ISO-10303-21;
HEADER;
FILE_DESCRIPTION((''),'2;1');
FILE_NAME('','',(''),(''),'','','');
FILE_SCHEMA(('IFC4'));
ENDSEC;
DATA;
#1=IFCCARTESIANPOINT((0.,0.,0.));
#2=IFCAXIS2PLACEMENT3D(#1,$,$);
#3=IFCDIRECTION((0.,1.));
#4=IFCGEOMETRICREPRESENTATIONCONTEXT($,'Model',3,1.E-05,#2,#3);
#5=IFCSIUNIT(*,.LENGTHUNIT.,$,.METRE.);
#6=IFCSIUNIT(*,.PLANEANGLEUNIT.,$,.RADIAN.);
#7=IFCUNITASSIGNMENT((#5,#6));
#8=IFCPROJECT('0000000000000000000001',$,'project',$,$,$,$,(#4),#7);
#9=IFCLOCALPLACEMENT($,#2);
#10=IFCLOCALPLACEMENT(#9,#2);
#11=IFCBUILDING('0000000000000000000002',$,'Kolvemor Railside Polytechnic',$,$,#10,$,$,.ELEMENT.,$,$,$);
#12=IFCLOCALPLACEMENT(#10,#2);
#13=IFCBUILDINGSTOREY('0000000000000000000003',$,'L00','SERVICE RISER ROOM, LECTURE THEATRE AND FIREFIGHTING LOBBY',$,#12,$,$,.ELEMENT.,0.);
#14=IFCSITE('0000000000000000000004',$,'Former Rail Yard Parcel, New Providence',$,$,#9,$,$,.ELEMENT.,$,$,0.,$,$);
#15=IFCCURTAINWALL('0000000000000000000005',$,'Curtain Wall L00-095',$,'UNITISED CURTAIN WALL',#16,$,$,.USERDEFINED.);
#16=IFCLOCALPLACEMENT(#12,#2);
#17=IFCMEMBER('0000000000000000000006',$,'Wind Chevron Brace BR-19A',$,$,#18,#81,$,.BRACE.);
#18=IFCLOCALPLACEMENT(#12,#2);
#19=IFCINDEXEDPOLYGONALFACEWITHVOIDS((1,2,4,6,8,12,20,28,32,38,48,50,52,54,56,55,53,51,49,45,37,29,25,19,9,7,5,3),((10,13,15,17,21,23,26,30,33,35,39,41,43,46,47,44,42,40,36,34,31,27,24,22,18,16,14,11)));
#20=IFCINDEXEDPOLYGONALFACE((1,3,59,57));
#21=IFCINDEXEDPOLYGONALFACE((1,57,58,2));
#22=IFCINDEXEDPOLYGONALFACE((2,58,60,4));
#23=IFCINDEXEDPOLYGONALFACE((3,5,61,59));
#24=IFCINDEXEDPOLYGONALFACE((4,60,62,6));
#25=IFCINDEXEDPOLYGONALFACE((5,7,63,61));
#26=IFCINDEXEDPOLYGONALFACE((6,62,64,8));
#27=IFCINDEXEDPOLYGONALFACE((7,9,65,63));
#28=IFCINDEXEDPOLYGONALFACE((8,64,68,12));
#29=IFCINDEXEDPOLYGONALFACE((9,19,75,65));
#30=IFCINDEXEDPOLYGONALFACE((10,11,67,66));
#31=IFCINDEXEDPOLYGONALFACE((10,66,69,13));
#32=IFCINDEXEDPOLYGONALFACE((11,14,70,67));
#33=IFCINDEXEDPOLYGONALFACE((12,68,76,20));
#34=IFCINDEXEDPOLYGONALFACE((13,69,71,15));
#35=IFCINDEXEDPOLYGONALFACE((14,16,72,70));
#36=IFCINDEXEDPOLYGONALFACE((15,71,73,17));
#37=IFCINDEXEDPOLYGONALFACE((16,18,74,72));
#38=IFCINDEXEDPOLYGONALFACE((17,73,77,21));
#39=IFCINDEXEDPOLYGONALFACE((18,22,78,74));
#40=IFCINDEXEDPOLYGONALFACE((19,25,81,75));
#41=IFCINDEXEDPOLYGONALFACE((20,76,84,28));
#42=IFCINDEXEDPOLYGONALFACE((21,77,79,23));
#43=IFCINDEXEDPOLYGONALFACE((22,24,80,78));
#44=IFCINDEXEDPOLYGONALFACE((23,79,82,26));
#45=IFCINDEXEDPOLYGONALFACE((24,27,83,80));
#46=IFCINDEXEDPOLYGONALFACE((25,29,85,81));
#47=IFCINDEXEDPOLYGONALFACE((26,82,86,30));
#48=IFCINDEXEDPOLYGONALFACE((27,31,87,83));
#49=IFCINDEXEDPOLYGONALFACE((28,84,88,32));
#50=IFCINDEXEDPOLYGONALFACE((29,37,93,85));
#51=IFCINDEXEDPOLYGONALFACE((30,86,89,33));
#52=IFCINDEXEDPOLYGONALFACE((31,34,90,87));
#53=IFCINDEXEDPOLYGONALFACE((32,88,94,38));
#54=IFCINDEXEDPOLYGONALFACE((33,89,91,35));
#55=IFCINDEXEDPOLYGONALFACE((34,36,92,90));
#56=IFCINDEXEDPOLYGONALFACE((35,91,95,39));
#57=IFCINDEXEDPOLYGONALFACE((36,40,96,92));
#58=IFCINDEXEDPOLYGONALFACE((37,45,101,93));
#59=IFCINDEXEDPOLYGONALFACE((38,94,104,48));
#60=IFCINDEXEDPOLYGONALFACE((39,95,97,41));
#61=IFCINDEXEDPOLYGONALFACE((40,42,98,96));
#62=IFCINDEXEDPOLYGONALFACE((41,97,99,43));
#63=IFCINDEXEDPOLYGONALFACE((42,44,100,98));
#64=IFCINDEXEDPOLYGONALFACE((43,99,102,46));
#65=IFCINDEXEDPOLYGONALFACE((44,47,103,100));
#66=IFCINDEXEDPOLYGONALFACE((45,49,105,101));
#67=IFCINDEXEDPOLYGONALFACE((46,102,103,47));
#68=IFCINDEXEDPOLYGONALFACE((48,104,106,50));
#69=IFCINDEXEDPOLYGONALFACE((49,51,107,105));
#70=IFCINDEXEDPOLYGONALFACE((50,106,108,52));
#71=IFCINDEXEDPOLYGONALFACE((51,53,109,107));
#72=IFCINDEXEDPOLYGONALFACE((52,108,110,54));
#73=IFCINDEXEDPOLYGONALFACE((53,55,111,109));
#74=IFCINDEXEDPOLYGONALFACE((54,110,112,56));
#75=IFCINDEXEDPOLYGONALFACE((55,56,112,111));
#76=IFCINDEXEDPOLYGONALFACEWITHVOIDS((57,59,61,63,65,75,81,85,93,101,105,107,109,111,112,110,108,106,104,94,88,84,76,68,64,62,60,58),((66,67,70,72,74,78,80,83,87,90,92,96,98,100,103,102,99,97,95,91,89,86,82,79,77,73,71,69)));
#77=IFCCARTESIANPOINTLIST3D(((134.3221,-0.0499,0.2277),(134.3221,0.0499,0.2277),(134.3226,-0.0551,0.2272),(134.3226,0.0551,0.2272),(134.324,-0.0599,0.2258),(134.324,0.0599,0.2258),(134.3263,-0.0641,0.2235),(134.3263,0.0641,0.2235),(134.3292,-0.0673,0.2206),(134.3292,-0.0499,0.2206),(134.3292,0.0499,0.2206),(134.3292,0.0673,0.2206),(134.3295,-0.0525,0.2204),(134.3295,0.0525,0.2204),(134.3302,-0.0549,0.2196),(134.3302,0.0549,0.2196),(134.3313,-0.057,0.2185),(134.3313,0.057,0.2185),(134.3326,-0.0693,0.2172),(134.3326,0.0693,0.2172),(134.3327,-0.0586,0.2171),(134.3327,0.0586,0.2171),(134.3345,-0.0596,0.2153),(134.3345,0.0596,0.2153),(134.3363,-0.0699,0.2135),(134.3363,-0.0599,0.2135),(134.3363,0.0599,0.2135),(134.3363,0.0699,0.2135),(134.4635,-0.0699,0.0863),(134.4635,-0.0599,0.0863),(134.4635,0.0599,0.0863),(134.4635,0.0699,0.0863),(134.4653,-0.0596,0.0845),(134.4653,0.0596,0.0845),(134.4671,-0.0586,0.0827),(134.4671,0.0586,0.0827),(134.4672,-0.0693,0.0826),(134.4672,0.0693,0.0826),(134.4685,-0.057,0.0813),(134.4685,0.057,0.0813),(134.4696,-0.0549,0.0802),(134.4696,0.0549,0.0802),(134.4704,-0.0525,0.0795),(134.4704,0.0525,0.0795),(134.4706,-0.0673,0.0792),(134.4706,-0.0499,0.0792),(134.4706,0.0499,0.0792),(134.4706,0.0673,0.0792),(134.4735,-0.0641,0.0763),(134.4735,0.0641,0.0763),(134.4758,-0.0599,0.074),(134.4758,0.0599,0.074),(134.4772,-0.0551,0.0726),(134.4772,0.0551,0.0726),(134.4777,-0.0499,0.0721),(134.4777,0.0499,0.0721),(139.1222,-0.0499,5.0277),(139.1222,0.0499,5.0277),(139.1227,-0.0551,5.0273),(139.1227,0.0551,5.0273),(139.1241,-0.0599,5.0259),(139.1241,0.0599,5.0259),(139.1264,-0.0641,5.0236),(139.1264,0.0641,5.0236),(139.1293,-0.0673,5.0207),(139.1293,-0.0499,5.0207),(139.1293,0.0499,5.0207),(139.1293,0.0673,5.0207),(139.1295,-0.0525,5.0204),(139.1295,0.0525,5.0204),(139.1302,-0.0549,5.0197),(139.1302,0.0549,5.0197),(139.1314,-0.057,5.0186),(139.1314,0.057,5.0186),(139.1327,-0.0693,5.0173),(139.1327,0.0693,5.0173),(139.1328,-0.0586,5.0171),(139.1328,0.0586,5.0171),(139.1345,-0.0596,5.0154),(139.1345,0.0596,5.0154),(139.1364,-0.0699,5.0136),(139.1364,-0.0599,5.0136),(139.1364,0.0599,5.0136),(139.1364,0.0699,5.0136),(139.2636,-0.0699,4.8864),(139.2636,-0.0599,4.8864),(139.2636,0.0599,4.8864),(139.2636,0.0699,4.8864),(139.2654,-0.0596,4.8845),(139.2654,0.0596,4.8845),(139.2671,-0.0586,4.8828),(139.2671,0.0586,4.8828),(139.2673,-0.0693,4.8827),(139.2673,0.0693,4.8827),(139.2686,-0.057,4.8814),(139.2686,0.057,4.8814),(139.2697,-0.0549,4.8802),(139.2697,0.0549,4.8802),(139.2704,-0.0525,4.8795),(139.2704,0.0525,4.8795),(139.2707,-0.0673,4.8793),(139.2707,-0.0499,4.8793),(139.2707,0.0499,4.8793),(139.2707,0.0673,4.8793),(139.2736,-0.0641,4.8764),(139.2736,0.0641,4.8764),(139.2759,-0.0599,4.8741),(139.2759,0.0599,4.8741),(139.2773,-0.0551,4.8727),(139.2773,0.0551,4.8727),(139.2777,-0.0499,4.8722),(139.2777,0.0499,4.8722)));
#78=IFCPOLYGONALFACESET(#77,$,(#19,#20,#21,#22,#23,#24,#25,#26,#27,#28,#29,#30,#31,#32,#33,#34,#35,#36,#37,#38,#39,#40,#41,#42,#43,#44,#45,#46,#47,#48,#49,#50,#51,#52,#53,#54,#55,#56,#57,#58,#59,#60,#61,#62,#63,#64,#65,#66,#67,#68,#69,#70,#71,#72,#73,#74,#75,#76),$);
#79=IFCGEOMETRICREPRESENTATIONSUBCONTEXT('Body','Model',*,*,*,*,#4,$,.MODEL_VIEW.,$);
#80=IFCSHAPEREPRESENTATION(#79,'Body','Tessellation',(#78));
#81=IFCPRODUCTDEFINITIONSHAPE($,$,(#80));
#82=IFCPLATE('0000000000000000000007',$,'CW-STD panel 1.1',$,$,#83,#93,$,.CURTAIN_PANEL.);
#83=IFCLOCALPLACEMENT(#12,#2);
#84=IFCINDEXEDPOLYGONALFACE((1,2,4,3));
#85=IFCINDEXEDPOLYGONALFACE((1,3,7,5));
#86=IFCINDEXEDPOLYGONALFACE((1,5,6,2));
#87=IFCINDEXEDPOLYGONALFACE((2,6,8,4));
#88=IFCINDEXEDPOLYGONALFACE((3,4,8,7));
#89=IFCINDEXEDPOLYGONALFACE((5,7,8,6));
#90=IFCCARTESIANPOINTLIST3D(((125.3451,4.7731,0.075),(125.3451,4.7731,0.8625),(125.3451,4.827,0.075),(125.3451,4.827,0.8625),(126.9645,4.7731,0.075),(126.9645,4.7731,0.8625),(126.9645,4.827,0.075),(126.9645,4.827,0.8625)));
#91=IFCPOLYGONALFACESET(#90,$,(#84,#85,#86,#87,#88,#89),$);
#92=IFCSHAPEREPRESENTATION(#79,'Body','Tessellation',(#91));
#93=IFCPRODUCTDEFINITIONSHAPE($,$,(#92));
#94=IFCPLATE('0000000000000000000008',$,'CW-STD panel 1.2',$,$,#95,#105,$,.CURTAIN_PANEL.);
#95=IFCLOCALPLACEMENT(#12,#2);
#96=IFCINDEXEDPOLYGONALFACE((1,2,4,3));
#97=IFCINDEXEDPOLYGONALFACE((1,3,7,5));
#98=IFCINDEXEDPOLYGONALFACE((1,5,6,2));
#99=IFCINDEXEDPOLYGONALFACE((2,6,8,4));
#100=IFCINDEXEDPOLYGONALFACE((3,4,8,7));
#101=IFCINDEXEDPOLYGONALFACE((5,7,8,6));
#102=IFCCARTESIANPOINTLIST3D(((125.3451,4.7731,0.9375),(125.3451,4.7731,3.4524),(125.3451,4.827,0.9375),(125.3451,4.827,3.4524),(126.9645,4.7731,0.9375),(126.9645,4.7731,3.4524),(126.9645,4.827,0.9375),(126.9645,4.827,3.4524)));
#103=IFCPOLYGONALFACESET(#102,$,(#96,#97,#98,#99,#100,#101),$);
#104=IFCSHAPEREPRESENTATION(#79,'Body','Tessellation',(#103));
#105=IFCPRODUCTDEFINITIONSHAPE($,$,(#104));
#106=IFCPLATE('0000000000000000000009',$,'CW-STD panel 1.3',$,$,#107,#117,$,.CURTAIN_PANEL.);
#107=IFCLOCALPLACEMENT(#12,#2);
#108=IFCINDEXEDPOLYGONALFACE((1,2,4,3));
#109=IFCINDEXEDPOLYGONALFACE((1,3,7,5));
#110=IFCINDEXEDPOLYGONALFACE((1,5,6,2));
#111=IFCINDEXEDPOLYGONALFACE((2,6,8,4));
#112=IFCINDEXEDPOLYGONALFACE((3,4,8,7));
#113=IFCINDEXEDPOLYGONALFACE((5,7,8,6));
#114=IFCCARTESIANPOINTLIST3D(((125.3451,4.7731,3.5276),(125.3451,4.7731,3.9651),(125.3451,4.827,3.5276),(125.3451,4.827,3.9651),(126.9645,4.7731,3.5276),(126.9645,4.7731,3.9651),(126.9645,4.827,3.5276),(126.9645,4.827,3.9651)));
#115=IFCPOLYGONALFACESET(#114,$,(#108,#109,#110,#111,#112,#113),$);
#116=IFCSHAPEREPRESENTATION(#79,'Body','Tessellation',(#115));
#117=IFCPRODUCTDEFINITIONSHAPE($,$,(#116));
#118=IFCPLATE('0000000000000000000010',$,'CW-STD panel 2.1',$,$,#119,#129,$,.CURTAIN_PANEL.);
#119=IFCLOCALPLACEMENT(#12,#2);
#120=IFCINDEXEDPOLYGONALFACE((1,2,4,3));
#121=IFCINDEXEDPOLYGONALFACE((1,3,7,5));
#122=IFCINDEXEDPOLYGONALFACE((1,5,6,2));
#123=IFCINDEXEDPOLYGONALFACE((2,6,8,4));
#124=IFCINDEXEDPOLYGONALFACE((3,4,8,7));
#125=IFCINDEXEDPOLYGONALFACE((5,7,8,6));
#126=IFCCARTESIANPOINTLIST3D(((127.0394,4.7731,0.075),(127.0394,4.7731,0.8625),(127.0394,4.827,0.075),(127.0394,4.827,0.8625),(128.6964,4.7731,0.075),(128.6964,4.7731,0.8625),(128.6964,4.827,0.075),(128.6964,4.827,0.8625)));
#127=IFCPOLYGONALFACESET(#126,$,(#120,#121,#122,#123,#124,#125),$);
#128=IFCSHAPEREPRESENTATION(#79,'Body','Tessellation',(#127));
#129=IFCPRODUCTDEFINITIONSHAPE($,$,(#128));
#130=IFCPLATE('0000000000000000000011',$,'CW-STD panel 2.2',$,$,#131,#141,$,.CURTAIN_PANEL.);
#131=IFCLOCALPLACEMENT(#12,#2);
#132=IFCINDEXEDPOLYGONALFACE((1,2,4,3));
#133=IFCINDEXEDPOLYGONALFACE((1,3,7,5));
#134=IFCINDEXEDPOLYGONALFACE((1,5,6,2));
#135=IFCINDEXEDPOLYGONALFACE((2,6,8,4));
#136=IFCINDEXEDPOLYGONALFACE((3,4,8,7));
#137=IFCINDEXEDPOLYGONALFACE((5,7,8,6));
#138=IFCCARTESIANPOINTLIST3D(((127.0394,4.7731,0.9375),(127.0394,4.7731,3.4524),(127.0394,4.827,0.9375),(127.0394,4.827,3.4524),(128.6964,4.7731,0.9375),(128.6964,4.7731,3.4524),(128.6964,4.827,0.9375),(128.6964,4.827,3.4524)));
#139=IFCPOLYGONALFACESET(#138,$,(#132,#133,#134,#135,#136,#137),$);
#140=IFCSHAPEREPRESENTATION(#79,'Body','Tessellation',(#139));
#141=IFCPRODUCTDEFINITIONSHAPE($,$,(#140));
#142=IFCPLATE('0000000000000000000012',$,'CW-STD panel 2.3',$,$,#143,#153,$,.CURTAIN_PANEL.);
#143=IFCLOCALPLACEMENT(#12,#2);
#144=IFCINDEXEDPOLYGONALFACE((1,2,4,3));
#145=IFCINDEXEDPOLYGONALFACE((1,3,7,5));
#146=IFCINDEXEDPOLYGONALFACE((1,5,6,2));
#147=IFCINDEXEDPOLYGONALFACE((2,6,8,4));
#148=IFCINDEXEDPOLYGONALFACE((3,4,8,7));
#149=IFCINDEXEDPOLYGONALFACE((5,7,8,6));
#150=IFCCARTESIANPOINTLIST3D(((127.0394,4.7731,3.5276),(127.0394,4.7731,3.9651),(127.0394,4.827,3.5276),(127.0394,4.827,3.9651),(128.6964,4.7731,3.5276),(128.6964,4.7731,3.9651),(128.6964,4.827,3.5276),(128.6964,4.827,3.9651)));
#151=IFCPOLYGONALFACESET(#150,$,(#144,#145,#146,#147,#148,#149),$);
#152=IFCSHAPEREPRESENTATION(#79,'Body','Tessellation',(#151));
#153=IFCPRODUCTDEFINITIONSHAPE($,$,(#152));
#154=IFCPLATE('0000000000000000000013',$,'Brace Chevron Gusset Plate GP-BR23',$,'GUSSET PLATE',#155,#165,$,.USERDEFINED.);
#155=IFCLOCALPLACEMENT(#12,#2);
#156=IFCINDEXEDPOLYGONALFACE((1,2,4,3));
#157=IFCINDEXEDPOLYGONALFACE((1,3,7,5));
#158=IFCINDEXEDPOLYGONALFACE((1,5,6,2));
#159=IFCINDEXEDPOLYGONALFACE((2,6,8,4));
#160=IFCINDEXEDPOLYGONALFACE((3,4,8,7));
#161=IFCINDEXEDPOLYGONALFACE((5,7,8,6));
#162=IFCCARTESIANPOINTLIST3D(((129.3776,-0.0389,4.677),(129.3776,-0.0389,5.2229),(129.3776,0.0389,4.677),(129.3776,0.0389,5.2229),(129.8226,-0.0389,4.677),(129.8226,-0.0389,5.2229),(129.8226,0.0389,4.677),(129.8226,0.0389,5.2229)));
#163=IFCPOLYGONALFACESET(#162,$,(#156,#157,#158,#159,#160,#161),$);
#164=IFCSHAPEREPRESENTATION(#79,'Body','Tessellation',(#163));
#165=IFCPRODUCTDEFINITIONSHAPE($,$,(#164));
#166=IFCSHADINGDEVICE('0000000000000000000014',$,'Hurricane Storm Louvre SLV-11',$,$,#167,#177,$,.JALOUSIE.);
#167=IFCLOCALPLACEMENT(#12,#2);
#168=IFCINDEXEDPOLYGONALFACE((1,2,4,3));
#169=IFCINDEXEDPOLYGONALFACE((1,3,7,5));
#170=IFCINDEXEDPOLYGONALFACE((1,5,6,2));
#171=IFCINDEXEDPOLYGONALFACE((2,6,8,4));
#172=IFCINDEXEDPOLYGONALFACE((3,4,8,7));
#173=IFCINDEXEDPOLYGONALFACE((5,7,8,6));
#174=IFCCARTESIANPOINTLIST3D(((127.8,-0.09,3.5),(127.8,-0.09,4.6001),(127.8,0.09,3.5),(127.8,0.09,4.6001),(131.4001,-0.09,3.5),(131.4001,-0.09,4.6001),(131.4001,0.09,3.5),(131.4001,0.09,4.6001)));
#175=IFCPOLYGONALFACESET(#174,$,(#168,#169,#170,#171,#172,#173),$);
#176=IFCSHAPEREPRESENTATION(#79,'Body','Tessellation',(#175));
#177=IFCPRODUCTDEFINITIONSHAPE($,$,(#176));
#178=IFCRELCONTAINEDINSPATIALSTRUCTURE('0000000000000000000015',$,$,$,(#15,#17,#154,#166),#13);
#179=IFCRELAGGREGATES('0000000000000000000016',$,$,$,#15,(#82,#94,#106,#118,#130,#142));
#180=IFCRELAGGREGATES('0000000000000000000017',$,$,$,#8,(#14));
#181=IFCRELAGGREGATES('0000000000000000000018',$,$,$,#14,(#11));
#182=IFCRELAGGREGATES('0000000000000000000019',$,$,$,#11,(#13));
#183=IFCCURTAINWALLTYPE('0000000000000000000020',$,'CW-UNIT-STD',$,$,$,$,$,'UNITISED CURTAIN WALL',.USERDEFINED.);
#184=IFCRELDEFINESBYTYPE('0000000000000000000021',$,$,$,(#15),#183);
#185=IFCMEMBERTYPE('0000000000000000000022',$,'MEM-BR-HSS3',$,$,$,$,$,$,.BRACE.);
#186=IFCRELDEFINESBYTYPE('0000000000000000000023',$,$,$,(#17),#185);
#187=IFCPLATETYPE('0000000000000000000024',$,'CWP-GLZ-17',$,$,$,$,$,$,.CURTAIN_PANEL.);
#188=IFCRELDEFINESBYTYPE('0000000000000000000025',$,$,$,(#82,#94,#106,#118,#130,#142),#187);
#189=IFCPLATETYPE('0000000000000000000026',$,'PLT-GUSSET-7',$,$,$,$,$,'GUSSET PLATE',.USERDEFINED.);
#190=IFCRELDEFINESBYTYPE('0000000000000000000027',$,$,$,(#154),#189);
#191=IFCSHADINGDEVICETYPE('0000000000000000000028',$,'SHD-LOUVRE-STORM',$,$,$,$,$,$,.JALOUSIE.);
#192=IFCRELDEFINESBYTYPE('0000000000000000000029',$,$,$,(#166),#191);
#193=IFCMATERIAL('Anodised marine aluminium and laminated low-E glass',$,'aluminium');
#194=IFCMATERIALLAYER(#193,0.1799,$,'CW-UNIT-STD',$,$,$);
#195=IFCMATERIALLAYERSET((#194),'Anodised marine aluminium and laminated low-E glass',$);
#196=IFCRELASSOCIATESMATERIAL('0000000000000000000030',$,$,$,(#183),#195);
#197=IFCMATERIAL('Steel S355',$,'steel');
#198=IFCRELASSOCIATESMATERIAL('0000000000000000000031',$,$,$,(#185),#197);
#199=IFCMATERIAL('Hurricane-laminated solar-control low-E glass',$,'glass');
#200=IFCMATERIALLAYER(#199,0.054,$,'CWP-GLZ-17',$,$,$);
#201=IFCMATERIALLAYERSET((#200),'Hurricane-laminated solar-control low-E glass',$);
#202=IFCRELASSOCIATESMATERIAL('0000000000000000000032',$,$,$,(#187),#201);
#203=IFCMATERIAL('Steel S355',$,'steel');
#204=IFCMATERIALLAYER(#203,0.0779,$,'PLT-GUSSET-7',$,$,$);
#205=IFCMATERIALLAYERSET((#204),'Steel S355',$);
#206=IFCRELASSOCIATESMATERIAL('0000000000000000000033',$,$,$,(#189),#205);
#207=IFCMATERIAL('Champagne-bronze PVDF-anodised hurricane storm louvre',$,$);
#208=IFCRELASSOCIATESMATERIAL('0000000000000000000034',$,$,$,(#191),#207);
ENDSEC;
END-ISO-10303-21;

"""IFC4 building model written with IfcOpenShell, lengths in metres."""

from ifc_helpers import new_model, si_unit, direction, frame, origin, origin_2d, place, context, subcontext, project, spatial, rectangle, hollow_rectangle, extrude, material, layer, layer_set, material_profile, profile_set, type_object, element, aggregate, save


model = new_model("IFC4")

# Units and contexts
model_context = context("Model", 3, precision=1e-05, world=origin(), true_north=direction((0.0, 1.0)))
body_context = subcontext(model_context, "Body", "Model", "MODEL_VIEW")
ifc_project = project(units=[si_unit("LENGTHUNIT", "METRE"), si_unit("PLANEANGLEUNIT", "RADIAN")], contexts=[model_context])

# Site, building, storey
site_placement = place(None, origin())
site = spatial("IfcSite", under=ifc_project, at=site_placement, Name="Former Rail Yard Parcel, New Providence", CompositionType="ELEMENT", RefElevation=0.0)
building_placement = place(site_placement, origin())
building = spatial("IfcBuilding", under=site, at=building_placement, Name="Kolvemor Railside Polytechnic", CompositionType="ELEMENT")
storey_placement = place(building_placement, origin())
storey = spatial("IfcBuildingStorey", under=building, at=storey_placement, Name="L00", Description="SERVICE RISER ROOM, LECTURE THEATRE AND FIREFIGHTING LOBBY", CompositionType="ELEMENT", Elevation=0.0)

# Curtain wall
ifc_material_1 = material(Name="Anodised marine aluminium and laminated low-E glass", Category="aluminium")
ifc_layer_1 = layer(ifc_material_1, 0.1799, Name="CW-UNIT-STD")
ifc_layer_set_1 = layer_set([ifc_layer_1], Name="Anodised marine aluminium and laminated low-E glass")
curtain_wall_type = type_object("IfcCurtainWallType", Name="CW-UNIT-STD", ElementType="UNITISED CURTAIN WALL", PredefinedType="USERDEFINED", material=ifc_layer_set_1)
curtain_wall_placement = place(storey_placement, origin())
curtain_wall = element("IfcCurtainWall", 1, at=curtain_wall_placement, inside=storey, type_object=curtain_wall_type, Name="Curtain Wall L00-095", ObjectType="UNITISED CURTAIN WALL", PredefinedType="USERDEFINED")

# Member
ifc_material_2 = material(Name="Steel S355", Category="steel")
ifc_material_profile_1 = material_profile(ifc_material_2, hollow_rectangle(XDim=0.1399, YDim=0.22, WallThickness=0.01, InnerFilletRadius=0.01, OuterFilletRadius=0.02, at=origin_2d()), Name="HSS220x140x10")
ifc_profile_set_1 = profile_set([ifc_material_profile_1], Name="Steel S355")
member_type_1 = type_object("IfcMemberType", Name="MEM-BR-HSS3", PredefinedType="BRACE", material=ifc_profile_set_1)
member_1_placement = place(storey_placement, frame((134.3999, 0.0, 0.1499), z_axis=(0.707107, 0.0, 0.707107), x_axis=(0.0, 1.0, 0.0)))
element("IfcMember", 2, at=member_1_placement, inside=storey, type_object=member_type_1, Name="Wind Chevron Brace BR-19A", PredefinedType="BRACE", context=body_context, shape_type="SweptSolid", body=[
    extrude(hollow_rectangle(XDim=0.1399, YDim=0.22, WallThickness=0.01, InnerFilletRadius=0.01, OuterFilletRadius=0.02, at=origin_2d()), origin(), (0.0, 0.0, 1.0), 6.7883),
])

# Plates
ifc_material_3 = material(Name="Hurricane-laminated solar-control low-E glass", Category="glass")
ifc_layer_2 = layer(ifc_material_3, 0.054, Name="CWP-GLZ-17")
ifc_layer_set_2 = layer_set([ifc_layer_2], Name="Hurricane-laminated solar-control low-E glass")
plate_type_1 = type_object("IfcPlateType", Name="CWP-GLZ-17", PredefinedType="CURTAIN_PANEL", material=ifc_layer_set_2)
plate_1_placement = place(storey_placement, frame((126.1548, 4.8, 0.075), z_axis=(0.0, 0.0, 1.0), x_axis=(1.0, 0.0, 0.0)))
plate_1 = element("IfcPlate", 3, at=plate_1_placement, type_object=plate_type_1, Name="CW-STD panel 1.1", PredefinedType="CURTAIN_PANEL", context=body_context, shape_type="SweptSolid", body=[
    extrude(rectangle(XDim=1.6194, YDim=0.054, at=origin_2d()), origin(), (0.0, 0.0, 1.0), 0.7876),
])
plate_2_placement = place(storey_placement, frame((126.1548, 4.8, 0.9375), z_axis=(0.0, 0.0, 1.0), x_axis=(1.0, 0.0, 0.0)))
plate_2 = element("IfcPlate", 4, at=plate_2_placement, type_object=plate_type_1, Name="CW-STD panel 1.2", PredefinedType="CURTAIN_PANEL", context=body_context, shape_type="SweptSolid", body=[
    extrude(rectangle(XDim=1.6194, YDim=0.054, at=origin_2d()), origin(), (0.0, 0.0, 1.0), 2.5149),
])
plate_3_placement = place(storey_placement, frame((126.1548, 4.8, 3.5276), z_axis=(0.0, 0.0, 1.0), x_axis=(1.0, 0.0, 0.0)))
plate_3 = element("IfcPlate", 5, at=plate_3_placement, type_object=plate_type_1, Name="CW-STD panel 1.3", PredefinedType="CURTAIN_PANEL", context=body_context, shape_type="SweptSolid", body=[
    extrude(rectangle(XDim=1.6194, YDim=0.054, at=origin_2d()), origin(), (0.0, 0.0, 1.0), 0.4375),
])
plate_4_placement = place(storey_placement, frame((127.8679, 4.8, 0.075), z_axis=(0.0, 0.0, 1.0), x_axis=(1.0, 0.0, 0.0)))
plate_4 = element("IfcPlate", 6, at=plate_4_placement, type_object=plate_type_1, Name="CW-STD panel 2.1", PredefinedType="CURTAIN_PANEL", context=body_context, shape_type="SweptSolid", body=[
    extrude(rectangle(XDim=1.657, YDim=0.054, at=origin_2d()), origin(), (0.0, 0.0, 1.0), 0.7876),
])
plate_5_placement = place(storey_placement, frame((127.8679, 4.8, 0.9375), z_axis=(0.0, 0.0, 1.0), x_axis=(1.0, 0.0, 0.0)))
plate_5 = element("IfcPlate", 7, at=plate_5_placement, type_object=plate_type_1, Name="CW-STD panel 2.2", PredefinedType="CURTAIN_PANEL", context=body_context, shape_type="SweptSolid", body=[
    extrude(rectangle(XDim=1.657, YDim=0.054, at=origin_2d()), origin(), (0.0, 0.0, 1.0), 2.5149),
])
plate_6_placement = place(storey_placement, frame((127.8679, 4.8, 3.5276), z_axis=(0.0, 0.0, 1.0), x_axis=(1.0, 0.0, 0.0)))
plate_6 = element("IfcPlate", 8, at=plate_6_placement, type_object=plate_type_1, Name="CW-STD panel 2.3", PredefinedType="CURTAIN_PANEL", context=body_context, shape_type="SweptSolid", body=[
    extrude(rectangle(XDim=1.657, YDim=0.054, at=origin_2d()), origin(), (0.0, 0.0, 1.0), 0.4375),
])
aggregate(curtain_wall, [plate_1, plate_2, plate_3, plate_4, plate_5, plate_6])
ifc_material_4 = material(Name="Steel S355", Category="steel")
ifc_layer_3 = layer(ifc_material_4, 0.0779, Name="PLT-GUSSET-7")
ifc_layer_set_3 = layer_set([ifc_layer_3], Name="Steel S355")
plate_type_2 = type_object("IfcPlateType", Name="PLT-GUSSET-7", ElementType="GUSSET PLATE", PredefinedType="USERDEFINED", material=ifc_layer_set_3)
plate_7_placement = place(storey_placement, frame((129.6001, 0.0, 4.677), z_axis=(0.0, 0.0, 1.0), x_axis=(1.0, 0.0, 0.0)))
element("IfcPlate", 9, at=plate_7_placement, inside=storey, type_object=plate_type_2, Name="Brace Chevron Gusset Plate GP-BR23", ObjectType="GUSSET PLATE", PredefinedType="USERDEFINED", context=body_context, shape_type="SweptSolid", body=[
    extrude(rectangle(XDim=0.4451, YDim=0.0779, at=origin_2d()), origin(), (0.0, 0.0, 1.0), 0.5459),
])

# Shading device
ifc_material_5 = material(Name="Champagne-bronze PVDF-anodised hurricane storm louvre")
shading_device_type = type_object("IfcShadingDeviceType", Name="SHD-LOUVRE-STORM", PredefinedType="JALOUSIE", material=ifc_material_5)
shading_device_placement = place(storey_placement, frame((129.6001, 0.0, 3.5), z_axis=(0.0, 0.0, 1.0), x_axis=(1.0, 0.0, 0.0)))
element("IfcShadingDevice", 10, at=shading_device_placement, inside=storey, type_object=shading_device_type, Name="Hurricane Storm Louvre SLV-11", PredefinedType="JALOUSIE", context=body_context, shape_type="SweptSolid", body=[
    extrude(rectangle(XDim=3.6001, YDim=0.1799, at=origin_2d()), origin(), (0.0, 0.0, 1.0), 1.1001),
])

save(model, "model.ifc")
